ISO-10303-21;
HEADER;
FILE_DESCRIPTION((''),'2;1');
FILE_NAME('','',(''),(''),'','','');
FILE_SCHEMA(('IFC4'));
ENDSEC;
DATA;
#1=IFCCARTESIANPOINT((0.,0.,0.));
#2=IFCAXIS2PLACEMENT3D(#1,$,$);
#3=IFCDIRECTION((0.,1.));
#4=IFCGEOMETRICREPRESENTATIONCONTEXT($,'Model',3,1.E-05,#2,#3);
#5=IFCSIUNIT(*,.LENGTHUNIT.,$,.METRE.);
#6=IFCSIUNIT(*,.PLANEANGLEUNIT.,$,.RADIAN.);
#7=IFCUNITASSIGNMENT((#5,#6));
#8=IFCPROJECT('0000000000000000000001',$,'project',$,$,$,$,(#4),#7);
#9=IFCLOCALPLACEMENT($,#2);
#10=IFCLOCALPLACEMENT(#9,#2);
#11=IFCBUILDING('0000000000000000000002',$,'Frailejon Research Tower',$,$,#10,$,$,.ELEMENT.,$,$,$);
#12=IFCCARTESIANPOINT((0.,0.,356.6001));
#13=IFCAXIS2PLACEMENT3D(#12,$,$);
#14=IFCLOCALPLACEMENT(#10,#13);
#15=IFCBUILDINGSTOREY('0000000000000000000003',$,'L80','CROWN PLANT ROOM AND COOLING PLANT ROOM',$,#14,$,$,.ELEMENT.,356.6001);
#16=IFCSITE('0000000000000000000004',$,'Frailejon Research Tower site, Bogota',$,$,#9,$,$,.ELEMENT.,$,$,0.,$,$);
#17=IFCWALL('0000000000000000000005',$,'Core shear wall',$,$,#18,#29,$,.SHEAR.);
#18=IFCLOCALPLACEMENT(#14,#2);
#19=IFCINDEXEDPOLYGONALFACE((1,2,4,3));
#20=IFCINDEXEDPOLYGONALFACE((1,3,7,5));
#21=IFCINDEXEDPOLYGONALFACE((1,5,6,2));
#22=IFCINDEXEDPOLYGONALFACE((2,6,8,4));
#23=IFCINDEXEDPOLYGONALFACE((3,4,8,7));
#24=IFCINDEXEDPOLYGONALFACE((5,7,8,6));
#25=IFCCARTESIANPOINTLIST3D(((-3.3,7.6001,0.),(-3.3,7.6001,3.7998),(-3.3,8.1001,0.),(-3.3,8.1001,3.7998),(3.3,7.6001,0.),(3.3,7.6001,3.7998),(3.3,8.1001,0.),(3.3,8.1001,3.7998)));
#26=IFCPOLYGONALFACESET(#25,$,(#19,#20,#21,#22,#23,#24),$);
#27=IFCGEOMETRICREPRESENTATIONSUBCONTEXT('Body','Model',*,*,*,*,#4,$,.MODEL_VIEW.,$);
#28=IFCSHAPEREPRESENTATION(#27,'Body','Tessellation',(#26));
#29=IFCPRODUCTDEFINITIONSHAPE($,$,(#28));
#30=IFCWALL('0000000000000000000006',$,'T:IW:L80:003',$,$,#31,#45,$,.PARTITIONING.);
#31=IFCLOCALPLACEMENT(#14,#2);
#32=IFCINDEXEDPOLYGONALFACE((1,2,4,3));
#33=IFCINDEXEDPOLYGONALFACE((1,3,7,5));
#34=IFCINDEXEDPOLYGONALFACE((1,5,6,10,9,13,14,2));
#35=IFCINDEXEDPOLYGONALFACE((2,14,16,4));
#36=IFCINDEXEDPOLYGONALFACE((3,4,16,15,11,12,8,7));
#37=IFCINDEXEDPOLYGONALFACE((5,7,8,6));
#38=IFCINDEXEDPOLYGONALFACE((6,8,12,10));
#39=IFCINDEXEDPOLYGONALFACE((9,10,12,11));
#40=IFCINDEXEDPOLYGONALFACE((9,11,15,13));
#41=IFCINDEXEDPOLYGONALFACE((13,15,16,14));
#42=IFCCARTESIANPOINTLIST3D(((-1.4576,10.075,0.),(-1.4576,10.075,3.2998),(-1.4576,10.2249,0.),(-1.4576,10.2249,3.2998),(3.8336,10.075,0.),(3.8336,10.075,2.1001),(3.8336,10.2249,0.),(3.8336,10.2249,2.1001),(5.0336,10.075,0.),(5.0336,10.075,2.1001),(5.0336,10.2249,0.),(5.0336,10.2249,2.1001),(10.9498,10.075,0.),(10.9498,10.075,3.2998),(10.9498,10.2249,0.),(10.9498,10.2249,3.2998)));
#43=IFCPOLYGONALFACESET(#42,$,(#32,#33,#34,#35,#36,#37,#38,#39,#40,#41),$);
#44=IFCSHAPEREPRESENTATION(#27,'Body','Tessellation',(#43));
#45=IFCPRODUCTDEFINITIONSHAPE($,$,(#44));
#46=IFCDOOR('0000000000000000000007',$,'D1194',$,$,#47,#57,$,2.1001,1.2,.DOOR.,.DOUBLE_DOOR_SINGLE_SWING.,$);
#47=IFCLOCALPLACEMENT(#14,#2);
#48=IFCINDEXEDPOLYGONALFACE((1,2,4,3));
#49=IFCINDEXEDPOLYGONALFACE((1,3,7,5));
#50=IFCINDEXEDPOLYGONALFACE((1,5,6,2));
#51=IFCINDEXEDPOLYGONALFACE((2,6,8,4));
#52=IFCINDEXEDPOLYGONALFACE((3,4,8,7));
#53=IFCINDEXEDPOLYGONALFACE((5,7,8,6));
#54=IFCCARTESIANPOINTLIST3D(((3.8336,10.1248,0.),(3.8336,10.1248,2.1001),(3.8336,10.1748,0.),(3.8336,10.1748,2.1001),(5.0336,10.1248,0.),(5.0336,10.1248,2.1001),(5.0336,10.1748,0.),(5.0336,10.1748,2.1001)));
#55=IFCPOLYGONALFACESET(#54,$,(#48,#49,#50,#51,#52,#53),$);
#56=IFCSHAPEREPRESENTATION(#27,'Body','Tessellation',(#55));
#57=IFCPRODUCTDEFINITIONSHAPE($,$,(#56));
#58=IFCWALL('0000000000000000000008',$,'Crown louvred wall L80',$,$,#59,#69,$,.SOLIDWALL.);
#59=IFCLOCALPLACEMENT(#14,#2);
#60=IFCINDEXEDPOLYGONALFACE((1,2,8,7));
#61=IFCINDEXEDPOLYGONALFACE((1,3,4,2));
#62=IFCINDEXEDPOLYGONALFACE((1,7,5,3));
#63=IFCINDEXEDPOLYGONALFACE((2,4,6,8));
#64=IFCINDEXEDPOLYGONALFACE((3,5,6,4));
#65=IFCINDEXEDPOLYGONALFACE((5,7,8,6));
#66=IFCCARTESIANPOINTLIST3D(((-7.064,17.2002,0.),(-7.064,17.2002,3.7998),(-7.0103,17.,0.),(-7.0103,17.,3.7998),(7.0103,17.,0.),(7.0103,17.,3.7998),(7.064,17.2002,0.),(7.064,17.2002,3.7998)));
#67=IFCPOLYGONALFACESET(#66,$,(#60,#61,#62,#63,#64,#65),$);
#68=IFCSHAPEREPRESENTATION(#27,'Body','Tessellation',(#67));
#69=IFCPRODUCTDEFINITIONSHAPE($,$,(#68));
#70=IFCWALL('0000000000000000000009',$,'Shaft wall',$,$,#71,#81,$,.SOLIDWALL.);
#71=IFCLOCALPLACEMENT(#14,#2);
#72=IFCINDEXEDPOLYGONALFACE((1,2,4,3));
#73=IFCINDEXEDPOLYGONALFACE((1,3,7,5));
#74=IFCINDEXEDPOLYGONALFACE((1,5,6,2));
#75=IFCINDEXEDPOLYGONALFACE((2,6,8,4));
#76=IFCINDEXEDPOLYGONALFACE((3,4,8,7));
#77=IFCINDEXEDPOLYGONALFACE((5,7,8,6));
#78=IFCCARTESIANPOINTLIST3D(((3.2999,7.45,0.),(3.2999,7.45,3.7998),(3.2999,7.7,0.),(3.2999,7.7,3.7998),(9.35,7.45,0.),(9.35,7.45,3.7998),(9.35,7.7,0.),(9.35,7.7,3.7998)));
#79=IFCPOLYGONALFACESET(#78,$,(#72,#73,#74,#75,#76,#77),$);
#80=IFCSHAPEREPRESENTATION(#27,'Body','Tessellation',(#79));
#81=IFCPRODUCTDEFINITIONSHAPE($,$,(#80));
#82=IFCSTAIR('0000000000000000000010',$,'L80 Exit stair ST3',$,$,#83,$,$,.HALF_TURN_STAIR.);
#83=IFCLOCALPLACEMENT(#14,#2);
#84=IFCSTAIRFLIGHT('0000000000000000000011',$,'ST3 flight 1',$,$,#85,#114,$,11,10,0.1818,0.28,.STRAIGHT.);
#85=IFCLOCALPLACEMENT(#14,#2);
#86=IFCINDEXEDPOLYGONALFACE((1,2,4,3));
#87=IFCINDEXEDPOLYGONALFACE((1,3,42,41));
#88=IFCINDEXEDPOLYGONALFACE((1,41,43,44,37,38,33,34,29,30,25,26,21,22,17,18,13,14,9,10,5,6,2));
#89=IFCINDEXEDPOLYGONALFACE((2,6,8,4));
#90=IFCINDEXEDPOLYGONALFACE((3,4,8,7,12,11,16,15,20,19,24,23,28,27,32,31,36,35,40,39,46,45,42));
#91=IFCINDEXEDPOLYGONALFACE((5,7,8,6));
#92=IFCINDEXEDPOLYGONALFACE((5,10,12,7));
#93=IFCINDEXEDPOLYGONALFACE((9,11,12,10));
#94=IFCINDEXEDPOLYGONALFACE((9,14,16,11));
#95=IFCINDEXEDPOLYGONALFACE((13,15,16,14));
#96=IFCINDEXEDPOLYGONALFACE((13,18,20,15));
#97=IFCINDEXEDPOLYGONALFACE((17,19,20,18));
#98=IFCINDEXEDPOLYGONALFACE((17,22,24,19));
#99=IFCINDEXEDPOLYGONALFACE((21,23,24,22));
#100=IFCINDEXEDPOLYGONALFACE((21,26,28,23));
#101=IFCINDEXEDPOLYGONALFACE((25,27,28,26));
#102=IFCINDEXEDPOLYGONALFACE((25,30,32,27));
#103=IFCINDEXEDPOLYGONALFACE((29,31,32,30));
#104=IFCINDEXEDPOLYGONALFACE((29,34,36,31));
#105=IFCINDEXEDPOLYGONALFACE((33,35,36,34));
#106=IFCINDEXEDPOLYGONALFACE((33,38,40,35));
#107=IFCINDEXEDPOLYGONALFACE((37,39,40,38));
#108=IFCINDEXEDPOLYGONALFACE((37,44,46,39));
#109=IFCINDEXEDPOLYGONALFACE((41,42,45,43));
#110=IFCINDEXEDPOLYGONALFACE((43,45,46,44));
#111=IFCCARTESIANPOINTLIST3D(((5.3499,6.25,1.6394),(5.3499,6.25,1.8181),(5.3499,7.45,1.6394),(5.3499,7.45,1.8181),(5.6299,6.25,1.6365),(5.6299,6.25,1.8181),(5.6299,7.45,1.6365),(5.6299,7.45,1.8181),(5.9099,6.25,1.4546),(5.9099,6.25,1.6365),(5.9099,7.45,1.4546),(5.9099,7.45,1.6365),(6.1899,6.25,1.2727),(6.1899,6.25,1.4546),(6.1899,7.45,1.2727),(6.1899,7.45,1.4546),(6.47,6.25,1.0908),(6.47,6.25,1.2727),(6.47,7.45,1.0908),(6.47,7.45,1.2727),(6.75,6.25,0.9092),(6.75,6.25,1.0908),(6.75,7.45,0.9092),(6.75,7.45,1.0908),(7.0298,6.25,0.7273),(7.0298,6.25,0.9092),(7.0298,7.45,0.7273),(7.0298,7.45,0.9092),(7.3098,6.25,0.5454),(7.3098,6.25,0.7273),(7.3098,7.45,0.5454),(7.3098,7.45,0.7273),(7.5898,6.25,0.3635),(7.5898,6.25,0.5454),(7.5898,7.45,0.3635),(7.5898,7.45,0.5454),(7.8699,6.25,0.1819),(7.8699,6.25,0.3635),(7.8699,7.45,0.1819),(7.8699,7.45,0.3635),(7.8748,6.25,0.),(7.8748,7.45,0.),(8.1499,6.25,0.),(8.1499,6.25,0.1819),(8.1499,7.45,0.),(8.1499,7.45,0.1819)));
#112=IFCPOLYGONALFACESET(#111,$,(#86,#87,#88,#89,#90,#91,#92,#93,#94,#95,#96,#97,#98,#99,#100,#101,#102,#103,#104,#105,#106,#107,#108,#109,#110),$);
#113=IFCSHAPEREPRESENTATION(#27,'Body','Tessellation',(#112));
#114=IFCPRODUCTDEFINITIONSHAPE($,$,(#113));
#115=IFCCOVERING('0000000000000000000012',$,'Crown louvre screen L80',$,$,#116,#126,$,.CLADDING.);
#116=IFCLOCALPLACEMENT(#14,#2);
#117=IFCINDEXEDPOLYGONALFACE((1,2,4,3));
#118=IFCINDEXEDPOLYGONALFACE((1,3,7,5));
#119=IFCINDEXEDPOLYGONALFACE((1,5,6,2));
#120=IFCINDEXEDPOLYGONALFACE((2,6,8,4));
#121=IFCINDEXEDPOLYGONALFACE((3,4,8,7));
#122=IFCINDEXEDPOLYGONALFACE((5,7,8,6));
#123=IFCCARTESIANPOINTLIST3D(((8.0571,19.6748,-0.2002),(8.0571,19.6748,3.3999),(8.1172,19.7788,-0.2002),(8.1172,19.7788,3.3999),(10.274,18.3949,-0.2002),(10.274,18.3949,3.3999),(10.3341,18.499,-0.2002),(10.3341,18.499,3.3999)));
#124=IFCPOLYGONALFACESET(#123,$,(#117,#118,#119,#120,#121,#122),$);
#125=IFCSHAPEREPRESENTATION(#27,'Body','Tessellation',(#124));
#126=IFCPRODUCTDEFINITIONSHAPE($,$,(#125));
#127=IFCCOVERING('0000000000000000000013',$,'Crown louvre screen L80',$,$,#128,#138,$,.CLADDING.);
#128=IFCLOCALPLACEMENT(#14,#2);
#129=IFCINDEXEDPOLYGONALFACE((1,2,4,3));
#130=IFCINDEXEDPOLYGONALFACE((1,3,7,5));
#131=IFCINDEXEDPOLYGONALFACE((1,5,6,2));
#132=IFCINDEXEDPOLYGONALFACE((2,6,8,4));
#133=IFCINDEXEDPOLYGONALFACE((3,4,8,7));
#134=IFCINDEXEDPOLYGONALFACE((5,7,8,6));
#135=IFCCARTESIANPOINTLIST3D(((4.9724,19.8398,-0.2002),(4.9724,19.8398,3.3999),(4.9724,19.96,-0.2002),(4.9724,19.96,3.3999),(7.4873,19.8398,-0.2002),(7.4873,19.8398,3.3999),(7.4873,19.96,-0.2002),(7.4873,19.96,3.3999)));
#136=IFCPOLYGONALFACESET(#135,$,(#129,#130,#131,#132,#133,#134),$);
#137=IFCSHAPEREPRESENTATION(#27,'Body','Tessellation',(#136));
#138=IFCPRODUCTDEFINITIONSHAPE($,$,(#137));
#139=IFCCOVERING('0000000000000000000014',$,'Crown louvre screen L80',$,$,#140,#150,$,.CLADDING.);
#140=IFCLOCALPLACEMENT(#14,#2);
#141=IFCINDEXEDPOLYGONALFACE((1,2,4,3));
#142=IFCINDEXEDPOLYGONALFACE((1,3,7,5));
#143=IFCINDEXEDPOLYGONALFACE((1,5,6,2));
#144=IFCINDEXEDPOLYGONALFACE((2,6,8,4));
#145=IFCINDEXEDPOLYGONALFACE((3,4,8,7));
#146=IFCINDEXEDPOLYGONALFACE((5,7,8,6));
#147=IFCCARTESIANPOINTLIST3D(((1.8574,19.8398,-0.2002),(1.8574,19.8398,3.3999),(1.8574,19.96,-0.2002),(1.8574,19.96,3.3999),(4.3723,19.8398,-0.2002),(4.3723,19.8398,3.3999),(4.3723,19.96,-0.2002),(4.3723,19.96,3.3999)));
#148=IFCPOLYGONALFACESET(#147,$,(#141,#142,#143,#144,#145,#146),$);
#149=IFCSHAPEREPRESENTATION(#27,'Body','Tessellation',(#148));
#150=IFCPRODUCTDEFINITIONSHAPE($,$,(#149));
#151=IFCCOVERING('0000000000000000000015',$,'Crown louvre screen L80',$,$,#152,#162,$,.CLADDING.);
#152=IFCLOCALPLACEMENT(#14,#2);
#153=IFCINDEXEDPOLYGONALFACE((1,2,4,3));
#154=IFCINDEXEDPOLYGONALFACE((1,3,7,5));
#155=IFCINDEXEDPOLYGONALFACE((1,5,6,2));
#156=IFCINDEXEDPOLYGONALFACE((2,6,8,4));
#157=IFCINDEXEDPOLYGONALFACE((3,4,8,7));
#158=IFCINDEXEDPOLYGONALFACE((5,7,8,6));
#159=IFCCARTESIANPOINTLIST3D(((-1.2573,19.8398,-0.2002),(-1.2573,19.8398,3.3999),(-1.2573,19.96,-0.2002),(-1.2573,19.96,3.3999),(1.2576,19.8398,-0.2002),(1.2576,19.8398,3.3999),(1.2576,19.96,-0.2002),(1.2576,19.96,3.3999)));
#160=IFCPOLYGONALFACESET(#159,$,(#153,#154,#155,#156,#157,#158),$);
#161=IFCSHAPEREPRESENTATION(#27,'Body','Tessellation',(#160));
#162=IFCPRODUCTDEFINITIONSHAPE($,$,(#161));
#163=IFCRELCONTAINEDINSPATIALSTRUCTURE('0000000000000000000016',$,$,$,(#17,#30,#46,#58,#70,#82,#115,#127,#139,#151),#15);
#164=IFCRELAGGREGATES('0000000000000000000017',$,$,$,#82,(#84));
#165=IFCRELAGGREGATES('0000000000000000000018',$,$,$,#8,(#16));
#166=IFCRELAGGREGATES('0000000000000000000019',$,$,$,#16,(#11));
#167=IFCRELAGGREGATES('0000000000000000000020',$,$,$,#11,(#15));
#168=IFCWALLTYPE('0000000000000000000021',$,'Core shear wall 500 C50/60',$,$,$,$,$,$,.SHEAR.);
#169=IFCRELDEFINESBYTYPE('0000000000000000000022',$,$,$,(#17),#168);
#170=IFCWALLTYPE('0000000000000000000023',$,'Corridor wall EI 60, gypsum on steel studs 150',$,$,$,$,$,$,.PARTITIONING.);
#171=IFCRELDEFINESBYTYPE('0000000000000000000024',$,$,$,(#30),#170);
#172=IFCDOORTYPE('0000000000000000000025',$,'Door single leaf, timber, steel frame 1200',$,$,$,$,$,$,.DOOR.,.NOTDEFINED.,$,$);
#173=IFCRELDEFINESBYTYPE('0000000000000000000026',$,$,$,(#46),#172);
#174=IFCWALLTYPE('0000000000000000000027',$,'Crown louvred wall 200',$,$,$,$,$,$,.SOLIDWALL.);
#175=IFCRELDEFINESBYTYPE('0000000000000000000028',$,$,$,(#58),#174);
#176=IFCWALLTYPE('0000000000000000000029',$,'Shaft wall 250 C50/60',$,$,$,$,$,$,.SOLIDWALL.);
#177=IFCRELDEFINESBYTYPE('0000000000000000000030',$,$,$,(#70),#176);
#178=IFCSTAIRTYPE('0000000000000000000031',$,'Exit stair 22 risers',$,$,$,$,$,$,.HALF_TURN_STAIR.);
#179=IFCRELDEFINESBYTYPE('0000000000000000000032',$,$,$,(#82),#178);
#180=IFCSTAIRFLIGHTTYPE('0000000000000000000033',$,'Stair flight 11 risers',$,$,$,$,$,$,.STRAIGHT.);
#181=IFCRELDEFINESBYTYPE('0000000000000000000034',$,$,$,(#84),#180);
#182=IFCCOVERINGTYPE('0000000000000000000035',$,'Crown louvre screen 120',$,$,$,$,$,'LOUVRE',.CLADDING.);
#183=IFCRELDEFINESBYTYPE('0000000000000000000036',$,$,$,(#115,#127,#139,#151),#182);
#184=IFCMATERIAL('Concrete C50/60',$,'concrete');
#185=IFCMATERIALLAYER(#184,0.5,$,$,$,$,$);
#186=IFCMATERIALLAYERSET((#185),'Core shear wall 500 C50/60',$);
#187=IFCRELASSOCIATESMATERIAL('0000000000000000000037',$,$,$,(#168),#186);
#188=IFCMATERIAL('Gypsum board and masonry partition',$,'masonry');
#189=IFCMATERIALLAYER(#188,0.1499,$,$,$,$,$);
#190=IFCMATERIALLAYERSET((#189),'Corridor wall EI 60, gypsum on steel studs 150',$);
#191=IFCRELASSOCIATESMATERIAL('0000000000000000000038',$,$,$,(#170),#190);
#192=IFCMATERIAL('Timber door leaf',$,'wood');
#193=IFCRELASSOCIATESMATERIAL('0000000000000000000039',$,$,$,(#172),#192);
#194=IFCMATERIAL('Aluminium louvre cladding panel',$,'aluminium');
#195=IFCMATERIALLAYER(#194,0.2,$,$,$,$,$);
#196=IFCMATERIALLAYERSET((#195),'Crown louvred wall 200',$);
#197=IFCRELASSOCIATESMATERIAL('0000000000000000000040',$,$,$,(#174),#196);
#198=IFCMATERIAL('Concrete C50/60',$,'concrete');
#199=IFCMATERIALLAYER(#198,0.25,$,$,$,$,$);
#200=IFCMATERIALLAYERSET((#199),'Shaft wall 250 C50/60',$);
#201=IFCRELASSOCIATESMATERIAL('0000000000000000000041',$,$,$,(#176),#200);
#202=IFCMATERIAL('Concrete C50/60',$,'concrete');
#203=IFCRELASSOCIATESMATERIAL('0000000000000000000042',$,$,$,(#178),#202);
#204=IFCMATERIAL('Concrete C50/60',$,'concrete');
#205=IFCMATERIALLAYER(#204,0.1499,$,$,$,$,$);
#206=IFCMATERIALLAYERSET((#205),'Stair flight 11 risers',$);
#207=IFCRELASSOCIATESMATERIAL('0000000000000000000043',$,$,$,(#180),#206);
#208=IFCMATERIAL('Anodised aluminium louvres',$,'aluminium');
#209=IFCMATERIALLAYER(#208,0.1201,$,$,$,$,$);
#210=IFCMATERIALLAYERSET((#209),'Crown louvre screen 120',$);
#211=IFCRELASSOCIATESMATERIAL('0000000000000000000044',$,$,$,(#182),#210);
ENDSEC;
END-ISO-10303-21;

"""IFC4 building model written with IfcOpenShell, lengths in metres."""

from ifc_helpers import new_model, si_unit, direction, frame, frame_2d, origin, place, context, subcontext, project, spatial, polyline, rectangle, outline, extrude, material, layer, layer_set, type_object, element, fill, aggregate, save


model = new_model("IFC4")

# Units and contexts
model_context = context("Model", 3, precision=1e-05, world=origin(), true_north=direction((0.0, 1.0)))
body_context = subcontext(model_context, "Body", "Model", "MODEL_VIEW")
ifc_project = project(units=[si_unit("LENGTHUNIT", "METRE"), si_unit("PLANEANGLEUNIT", "RADIAN")], contexts=[model_context])

# Site, building, storey
site_placement = place(None, origin())
site = spatial("IfcSite", under=ifc_project, at=site_placement, Name="Frailejon Research Tower site, Bogota", CompositionType="ELEMENT", RefElevation=0.0)
building_placement = place(site_placement, origin())
building = spatial("IfcBuilding", under=site, at=building_placement, Name="Frailejon Research Tower", CompositionType="ELEMENT")
storey_placement = place(building_placement, frame((0.0, 0.0, 356.6001)))
storey = spatial("IfcBuildingStorey", under=building, at=storey_placement, Name="L80", Description="CROWN PLANT ROOM AND COOLING PLANT ROOM", CompositionType="ELEMENT", Elevation=356.6001)

# Wall
ifc_material_1 = material(Name="Concrete C50/60", Category="concrete")
ifc_layer_1 = layer(ifc_material_1, 0.5)
ifc_layer_set_1 = layer_set([ifc_layer_1], Name="Core shear wall 500 C50/60")
wall_type_1 = type_object("IfcWallType", Name="Core shear wall 500 C50/60", PredefinedType="SHEAR", material=ifc_layer_set_1)
wall_1_placement = place(storey_placement, frame((3.3, 7.8501, 0.0), z_axis=(0.0, 0.0, 1.0), x_axis=(-1.0, 0.0, 0.0)))
element("IfcWall", 1, at=wall_1_placement, inside=storey, type_object=wall_type_1, Name="Core shear wall", PredefinedType="SHEAR", context=body_context, shape_type="SweptSolid", body=[
    extrude(rectangle(XDim=6.6001, YDim=0.5, at=frame_2d((3.3, 0.0))), origin(), (0.0, 0.0, 1.0), 3.7998),
])

# Wall, opening, door
ifc_material_2 = material(Name="Gypsum board and masonry partition", Category="masonry")
ifc_layer_2 = layer(ifc_material_2, 0.1499)
ifc_layer_set_2 = layer_set([ifc_layer_2], Name="Corridor wall EI 60, gypsum on steel studs 150")
wall_type_2 = type_object("IfcWallType", Name="Corridor wall EI 60, gypsum on steel studs 150", PredefinedType="PARTITIONING", material=ifc_layer_set_2)
wall_2_placement = place(storey_placement, frame((-1.4575, 10.1499, 0.0), z_axis=(0.0, 0.0, 1.0), x_axis=(1.0, 0.0, 0.0)))
wall_2 = element("IfcWall", 2, at=wall_2_placement, inside=storey, type_object=wall_type_2, Name="T:IW:L80:003", PredefinedType="PARTITIONING", context=body_context, shape_type="SweptSolid", body=[
    extrude(rectangle(XDim=12.4075, YDim=0.1499, at=frame_2d((6.2036, 0.0))), origin(), (0.0, 0.0, 1.0), 3.2998),
])
opening_placement = place(wall_2_placement, frame((5.291, 0.0, 0.0)))
opening = element("IfcOpeningElement", 3, at=opening_placement, cuts=wall_2, PredefinedType="OPENING", context=body_context, shape_type="SweptSolid", body=[
    extrude(rectangle(XDim=1.2, YDim=2.1001, at=frame_2d((0.6001, 1.05))), frame((0.0, 0.085, 0.0), z_axis=(0.0, -1.0, 0.0), x_axis=(1.0, 0.0, 0.0)), (0.0, 0.0, 1.0), 0.1699),
])
ifc_material_3 = material(Name="Timber door leaf", Category="wood")
door_type = type_object("IfcDoorType", Name="Door single leaf, timber, steel frame 1200", OperationType="NOTDEFINED", PredefinedType="DOOR", material=ifc_material_3)
door_placement = place(opening_placement, origin())
door = element("IfcDoor", 4, at=door_placement, inside=storey, type_object=door_type, Name="D1194", OperationType="DOUBLE_DOOR_SINGLE_SWING", OverallHeight=2.1001, OverallWidth=1.2, PredefinedType="DOOR", context=body_context, shape_type="SweptSolid", body=[
    extrude(rectangle(XDim=1.2, YDim=2.1001, at=frame_2d((0.6001, 1.05))), frame((0.0, 0.0249, 0.0), z_axis=(0.0, -1.0, 0.0), x_axis=(1.0, 0.0, 0.0)), (0.0, 0.0, 1.0), 0.05),
])
fill(opening, door)

# Walls
ifc_material_4 = material(Name="Aluminium louvre cladding panel", Category="aluminium")
ifc_layer_3 = layer(ifc_material_4, 0.2)
ifc_layer_set_3 = layer_set([ifc_layer_3], Name="Crown louvred wall 200")
wall_type_3 = type_object("IfcWallType", Name="Crown louvred wall 200", PredefinedType="SOLIDWALL", material=ifc_layer_set_3)
wall_3_placement = place(storey_placement, frame((7.0371, 17.1001, 0.0), z_axis=(0.0, 0.0, 1.0), x_axis=(-1.0, 0.0, 0.0)))
element("IfcWall", 5, at=wall_3_placement, inside=storey, type_object=wall_type_3, Name="Crown louvred wall L80", PredefinedType="SOLIDWALL", context=body_context, shape_type="SweptSolid", body=[
    extrude(outline(polyline([(-0.0269, -0.1001), (14.1011, -0.1001), (14.0474, 0.1001), (0.0269, 0.1001), (-0.0269, -0.1001)])), origin(), (0.0, 0.0, 1.0), 3.7998),
])
ifc_material_5 = material(Name="Concrete C50/60", Category="concrete")
ifc_layer_4 = layer(ifc_material_5, 0.25)
ifc_layer_set_4 = layer_set([ifc_layer_4], Name="Shaft wall 250 C50/60")
wall_type_4 = type_object("IfcWallType", Name="Shaft wall 250 C50/60", PredefinedType="SOLIDWALL", material=ifc_layer_set_4)
wall_4_placement = place(storey_placement, frame((3.3, 7.575, 0.0), z_axis=(0.0, 0.0, 1.0), x_axis=(1.0, 0.0, 0.0)))
element("IfcWall", 6, at=wall_4_placement, inside=storey, type_object=wall_type_4, Name="Shaft wall", PredefinedType="SOLIDWALL", context=body_context, shape_type="SweptSolid", body=[
    extrude(rectangle(XDim=6.05, YDim=0.25, at=frame_2d((3.0249, 0.0))), origin(), (0.0, 0.0, 1.0), 3.7998),
])

# Stair, stair flight
ifc_material_6 = material(Name="Concrete C50/60", Category="concrete")
stair_type = type_object("IfcStairType", Name="Exit stair 22 risers", PredefinedType="HALF_TURN_STAIR", material=ifc_material_6)
stair_placement = place(storey_placement, origin())
stair = element("IfcStair", 7, at=stair_placement, inside=storey, type_object=stair_type, Name="L80 Exit stair ST3", PredefinedType="HALF_TURN_STAIR")
ifc_material_7 = material(Name="Concrete C50/60", Category="concrete")
ifc_layer_5 = layer(ifc_material_7, 0.1499)
ifc_layer_set_5 = layer_set([ifc_layer_5], Name="Stair flight 11 risers")
stair_flight_type = type_object("IfcStairFlightType", Name="Stair flight 11 risers", PredefinedType="STRAIGHT", material=ifc_layer_set_5)
stair_flight_placement = place(storey_placement, frame((8.1499, 6.8501, 0.0), z_axis=(0.0, 0.0, 1.0), x_axis=(-1.0, 0.0, 0.0)))
stair_flight = element("IfcStairFlight", 8, at=stair_flight_placement, type_object=stair_flight_type, Name="ST3 flight 1", NumberOfRisers=11, NumberOfTreads=10, PredefinedType="STRAIGHT", RiserHeight=0.1818, TreadLength=0.28, context=body_context, shape_type="SweptSolid", body=[
    extrude(outline(polyline([(0.0, 0.0), (0.0, 0.1819), (0.28, 0.1819), (0.28, 0.3635), (0.5601, 0.3635), (0.5601, 0.5454), (0.8401, 0.5454), (0.8401, 0.7273), (1.1201, 0.7273), (1.1201, 0.9092), (1.3999, 0.9092), (1.3999, 1.0908), (1.6799, 1.0908), (1.6799, 1.2727), (1.96, 1.2727), (1.96, 1.4546), (2.24, 1.4546), (2.24, 1.6365), (2.52, 1.6365), (2.52, 1.8181), (2.8, 1.8181), (2.8, 2.0), (2.8, 1.6394), (0.2751, 0.0), (0.0, 0.0)])), frame((0.0, 0.6001, 0.0), z_axis=(0.0, -1.0, 0.0), x_axis=(1.0, 0.0, 0.0)), (0.0, 0.0, 1.0), 1.2),
])
aggregate(stair, [stair_flight])

# Coverings
ifc_material_8 = material(Name="Anodised aluminium louvres", Category="aluminium")
ifc_layer_6 = layer(ifc_material_8, 0.1201)
ifc_layer_set_6 = layer_set([ifc_layer_6], Name="Crown louvre screen 120")
covering_type = type_object("IfcCoveringType", Name="Crown louvre screen 120", ElementType="LOUVRE", PredefinedType="CLADDING", material=ifc_layer_set_6)
covering_placement = place(storey_placement, frame((8.0872, 19.7268, -0.2002), z_axis=(0.866037, -0.499979, 0.0), x_axis=(0.499979, 0.866037, 0.0)))
element("IfcCovering", 9, at=covering_placement, inside=storey, type_object=covering_type, Name="Crown louvre screen L80", PredefinedType="CLADDING", context=body_context, shape_type="SweptSolid", body=[
    extrude(outline(polyline([(-0.0601, 0.0), (0.0601, 0.0), (0.0601, 3.6001), (-0.0601, 3.6001), (-0.0601, 0.0)])), origin(), (0.0, 0.0, 1.0), 2.5598),
])
for number, where, z_axis, x_axis, name in (
    (10, (4.9724, 19.8999, -0.2002), (1.0, 0.0, 0.0), (0.0, 1.0, 0.0), "Crown louvre screen L80"),
    (11, (1.8574, 19.8999, -0.2002), (1.0, 0.0, 0.0), (0.0, 1.0, 0.0), "Crown louvre screen L80"),
    (12, (-1.2573, 19.8999, -0.2002), (1.0, 0.0, 0.0), (0.0, 1.0, 0.0), "Crown louvre screen L80"),
):
    element("IfcCovering", number, at=place(storey_placement, frame(where, z_axis=z_axis, x_axis=x_axis)), inside=storey, type_object=covering_type, Name=name, PredefinedType="CLADDING", context=body_context, shape_type="SweptSolid", body=[
        extrude(outline(polyline([(-0.0601, 0.0), (0.0601, 0.0), (0.0601, 3.6001), (-0.0601, 3.6001), (-0.0601, 0.0)])), origin(), (0.0, 0.0, 1.0), 2.5149),
    ])

save(model, "model.ifc")
